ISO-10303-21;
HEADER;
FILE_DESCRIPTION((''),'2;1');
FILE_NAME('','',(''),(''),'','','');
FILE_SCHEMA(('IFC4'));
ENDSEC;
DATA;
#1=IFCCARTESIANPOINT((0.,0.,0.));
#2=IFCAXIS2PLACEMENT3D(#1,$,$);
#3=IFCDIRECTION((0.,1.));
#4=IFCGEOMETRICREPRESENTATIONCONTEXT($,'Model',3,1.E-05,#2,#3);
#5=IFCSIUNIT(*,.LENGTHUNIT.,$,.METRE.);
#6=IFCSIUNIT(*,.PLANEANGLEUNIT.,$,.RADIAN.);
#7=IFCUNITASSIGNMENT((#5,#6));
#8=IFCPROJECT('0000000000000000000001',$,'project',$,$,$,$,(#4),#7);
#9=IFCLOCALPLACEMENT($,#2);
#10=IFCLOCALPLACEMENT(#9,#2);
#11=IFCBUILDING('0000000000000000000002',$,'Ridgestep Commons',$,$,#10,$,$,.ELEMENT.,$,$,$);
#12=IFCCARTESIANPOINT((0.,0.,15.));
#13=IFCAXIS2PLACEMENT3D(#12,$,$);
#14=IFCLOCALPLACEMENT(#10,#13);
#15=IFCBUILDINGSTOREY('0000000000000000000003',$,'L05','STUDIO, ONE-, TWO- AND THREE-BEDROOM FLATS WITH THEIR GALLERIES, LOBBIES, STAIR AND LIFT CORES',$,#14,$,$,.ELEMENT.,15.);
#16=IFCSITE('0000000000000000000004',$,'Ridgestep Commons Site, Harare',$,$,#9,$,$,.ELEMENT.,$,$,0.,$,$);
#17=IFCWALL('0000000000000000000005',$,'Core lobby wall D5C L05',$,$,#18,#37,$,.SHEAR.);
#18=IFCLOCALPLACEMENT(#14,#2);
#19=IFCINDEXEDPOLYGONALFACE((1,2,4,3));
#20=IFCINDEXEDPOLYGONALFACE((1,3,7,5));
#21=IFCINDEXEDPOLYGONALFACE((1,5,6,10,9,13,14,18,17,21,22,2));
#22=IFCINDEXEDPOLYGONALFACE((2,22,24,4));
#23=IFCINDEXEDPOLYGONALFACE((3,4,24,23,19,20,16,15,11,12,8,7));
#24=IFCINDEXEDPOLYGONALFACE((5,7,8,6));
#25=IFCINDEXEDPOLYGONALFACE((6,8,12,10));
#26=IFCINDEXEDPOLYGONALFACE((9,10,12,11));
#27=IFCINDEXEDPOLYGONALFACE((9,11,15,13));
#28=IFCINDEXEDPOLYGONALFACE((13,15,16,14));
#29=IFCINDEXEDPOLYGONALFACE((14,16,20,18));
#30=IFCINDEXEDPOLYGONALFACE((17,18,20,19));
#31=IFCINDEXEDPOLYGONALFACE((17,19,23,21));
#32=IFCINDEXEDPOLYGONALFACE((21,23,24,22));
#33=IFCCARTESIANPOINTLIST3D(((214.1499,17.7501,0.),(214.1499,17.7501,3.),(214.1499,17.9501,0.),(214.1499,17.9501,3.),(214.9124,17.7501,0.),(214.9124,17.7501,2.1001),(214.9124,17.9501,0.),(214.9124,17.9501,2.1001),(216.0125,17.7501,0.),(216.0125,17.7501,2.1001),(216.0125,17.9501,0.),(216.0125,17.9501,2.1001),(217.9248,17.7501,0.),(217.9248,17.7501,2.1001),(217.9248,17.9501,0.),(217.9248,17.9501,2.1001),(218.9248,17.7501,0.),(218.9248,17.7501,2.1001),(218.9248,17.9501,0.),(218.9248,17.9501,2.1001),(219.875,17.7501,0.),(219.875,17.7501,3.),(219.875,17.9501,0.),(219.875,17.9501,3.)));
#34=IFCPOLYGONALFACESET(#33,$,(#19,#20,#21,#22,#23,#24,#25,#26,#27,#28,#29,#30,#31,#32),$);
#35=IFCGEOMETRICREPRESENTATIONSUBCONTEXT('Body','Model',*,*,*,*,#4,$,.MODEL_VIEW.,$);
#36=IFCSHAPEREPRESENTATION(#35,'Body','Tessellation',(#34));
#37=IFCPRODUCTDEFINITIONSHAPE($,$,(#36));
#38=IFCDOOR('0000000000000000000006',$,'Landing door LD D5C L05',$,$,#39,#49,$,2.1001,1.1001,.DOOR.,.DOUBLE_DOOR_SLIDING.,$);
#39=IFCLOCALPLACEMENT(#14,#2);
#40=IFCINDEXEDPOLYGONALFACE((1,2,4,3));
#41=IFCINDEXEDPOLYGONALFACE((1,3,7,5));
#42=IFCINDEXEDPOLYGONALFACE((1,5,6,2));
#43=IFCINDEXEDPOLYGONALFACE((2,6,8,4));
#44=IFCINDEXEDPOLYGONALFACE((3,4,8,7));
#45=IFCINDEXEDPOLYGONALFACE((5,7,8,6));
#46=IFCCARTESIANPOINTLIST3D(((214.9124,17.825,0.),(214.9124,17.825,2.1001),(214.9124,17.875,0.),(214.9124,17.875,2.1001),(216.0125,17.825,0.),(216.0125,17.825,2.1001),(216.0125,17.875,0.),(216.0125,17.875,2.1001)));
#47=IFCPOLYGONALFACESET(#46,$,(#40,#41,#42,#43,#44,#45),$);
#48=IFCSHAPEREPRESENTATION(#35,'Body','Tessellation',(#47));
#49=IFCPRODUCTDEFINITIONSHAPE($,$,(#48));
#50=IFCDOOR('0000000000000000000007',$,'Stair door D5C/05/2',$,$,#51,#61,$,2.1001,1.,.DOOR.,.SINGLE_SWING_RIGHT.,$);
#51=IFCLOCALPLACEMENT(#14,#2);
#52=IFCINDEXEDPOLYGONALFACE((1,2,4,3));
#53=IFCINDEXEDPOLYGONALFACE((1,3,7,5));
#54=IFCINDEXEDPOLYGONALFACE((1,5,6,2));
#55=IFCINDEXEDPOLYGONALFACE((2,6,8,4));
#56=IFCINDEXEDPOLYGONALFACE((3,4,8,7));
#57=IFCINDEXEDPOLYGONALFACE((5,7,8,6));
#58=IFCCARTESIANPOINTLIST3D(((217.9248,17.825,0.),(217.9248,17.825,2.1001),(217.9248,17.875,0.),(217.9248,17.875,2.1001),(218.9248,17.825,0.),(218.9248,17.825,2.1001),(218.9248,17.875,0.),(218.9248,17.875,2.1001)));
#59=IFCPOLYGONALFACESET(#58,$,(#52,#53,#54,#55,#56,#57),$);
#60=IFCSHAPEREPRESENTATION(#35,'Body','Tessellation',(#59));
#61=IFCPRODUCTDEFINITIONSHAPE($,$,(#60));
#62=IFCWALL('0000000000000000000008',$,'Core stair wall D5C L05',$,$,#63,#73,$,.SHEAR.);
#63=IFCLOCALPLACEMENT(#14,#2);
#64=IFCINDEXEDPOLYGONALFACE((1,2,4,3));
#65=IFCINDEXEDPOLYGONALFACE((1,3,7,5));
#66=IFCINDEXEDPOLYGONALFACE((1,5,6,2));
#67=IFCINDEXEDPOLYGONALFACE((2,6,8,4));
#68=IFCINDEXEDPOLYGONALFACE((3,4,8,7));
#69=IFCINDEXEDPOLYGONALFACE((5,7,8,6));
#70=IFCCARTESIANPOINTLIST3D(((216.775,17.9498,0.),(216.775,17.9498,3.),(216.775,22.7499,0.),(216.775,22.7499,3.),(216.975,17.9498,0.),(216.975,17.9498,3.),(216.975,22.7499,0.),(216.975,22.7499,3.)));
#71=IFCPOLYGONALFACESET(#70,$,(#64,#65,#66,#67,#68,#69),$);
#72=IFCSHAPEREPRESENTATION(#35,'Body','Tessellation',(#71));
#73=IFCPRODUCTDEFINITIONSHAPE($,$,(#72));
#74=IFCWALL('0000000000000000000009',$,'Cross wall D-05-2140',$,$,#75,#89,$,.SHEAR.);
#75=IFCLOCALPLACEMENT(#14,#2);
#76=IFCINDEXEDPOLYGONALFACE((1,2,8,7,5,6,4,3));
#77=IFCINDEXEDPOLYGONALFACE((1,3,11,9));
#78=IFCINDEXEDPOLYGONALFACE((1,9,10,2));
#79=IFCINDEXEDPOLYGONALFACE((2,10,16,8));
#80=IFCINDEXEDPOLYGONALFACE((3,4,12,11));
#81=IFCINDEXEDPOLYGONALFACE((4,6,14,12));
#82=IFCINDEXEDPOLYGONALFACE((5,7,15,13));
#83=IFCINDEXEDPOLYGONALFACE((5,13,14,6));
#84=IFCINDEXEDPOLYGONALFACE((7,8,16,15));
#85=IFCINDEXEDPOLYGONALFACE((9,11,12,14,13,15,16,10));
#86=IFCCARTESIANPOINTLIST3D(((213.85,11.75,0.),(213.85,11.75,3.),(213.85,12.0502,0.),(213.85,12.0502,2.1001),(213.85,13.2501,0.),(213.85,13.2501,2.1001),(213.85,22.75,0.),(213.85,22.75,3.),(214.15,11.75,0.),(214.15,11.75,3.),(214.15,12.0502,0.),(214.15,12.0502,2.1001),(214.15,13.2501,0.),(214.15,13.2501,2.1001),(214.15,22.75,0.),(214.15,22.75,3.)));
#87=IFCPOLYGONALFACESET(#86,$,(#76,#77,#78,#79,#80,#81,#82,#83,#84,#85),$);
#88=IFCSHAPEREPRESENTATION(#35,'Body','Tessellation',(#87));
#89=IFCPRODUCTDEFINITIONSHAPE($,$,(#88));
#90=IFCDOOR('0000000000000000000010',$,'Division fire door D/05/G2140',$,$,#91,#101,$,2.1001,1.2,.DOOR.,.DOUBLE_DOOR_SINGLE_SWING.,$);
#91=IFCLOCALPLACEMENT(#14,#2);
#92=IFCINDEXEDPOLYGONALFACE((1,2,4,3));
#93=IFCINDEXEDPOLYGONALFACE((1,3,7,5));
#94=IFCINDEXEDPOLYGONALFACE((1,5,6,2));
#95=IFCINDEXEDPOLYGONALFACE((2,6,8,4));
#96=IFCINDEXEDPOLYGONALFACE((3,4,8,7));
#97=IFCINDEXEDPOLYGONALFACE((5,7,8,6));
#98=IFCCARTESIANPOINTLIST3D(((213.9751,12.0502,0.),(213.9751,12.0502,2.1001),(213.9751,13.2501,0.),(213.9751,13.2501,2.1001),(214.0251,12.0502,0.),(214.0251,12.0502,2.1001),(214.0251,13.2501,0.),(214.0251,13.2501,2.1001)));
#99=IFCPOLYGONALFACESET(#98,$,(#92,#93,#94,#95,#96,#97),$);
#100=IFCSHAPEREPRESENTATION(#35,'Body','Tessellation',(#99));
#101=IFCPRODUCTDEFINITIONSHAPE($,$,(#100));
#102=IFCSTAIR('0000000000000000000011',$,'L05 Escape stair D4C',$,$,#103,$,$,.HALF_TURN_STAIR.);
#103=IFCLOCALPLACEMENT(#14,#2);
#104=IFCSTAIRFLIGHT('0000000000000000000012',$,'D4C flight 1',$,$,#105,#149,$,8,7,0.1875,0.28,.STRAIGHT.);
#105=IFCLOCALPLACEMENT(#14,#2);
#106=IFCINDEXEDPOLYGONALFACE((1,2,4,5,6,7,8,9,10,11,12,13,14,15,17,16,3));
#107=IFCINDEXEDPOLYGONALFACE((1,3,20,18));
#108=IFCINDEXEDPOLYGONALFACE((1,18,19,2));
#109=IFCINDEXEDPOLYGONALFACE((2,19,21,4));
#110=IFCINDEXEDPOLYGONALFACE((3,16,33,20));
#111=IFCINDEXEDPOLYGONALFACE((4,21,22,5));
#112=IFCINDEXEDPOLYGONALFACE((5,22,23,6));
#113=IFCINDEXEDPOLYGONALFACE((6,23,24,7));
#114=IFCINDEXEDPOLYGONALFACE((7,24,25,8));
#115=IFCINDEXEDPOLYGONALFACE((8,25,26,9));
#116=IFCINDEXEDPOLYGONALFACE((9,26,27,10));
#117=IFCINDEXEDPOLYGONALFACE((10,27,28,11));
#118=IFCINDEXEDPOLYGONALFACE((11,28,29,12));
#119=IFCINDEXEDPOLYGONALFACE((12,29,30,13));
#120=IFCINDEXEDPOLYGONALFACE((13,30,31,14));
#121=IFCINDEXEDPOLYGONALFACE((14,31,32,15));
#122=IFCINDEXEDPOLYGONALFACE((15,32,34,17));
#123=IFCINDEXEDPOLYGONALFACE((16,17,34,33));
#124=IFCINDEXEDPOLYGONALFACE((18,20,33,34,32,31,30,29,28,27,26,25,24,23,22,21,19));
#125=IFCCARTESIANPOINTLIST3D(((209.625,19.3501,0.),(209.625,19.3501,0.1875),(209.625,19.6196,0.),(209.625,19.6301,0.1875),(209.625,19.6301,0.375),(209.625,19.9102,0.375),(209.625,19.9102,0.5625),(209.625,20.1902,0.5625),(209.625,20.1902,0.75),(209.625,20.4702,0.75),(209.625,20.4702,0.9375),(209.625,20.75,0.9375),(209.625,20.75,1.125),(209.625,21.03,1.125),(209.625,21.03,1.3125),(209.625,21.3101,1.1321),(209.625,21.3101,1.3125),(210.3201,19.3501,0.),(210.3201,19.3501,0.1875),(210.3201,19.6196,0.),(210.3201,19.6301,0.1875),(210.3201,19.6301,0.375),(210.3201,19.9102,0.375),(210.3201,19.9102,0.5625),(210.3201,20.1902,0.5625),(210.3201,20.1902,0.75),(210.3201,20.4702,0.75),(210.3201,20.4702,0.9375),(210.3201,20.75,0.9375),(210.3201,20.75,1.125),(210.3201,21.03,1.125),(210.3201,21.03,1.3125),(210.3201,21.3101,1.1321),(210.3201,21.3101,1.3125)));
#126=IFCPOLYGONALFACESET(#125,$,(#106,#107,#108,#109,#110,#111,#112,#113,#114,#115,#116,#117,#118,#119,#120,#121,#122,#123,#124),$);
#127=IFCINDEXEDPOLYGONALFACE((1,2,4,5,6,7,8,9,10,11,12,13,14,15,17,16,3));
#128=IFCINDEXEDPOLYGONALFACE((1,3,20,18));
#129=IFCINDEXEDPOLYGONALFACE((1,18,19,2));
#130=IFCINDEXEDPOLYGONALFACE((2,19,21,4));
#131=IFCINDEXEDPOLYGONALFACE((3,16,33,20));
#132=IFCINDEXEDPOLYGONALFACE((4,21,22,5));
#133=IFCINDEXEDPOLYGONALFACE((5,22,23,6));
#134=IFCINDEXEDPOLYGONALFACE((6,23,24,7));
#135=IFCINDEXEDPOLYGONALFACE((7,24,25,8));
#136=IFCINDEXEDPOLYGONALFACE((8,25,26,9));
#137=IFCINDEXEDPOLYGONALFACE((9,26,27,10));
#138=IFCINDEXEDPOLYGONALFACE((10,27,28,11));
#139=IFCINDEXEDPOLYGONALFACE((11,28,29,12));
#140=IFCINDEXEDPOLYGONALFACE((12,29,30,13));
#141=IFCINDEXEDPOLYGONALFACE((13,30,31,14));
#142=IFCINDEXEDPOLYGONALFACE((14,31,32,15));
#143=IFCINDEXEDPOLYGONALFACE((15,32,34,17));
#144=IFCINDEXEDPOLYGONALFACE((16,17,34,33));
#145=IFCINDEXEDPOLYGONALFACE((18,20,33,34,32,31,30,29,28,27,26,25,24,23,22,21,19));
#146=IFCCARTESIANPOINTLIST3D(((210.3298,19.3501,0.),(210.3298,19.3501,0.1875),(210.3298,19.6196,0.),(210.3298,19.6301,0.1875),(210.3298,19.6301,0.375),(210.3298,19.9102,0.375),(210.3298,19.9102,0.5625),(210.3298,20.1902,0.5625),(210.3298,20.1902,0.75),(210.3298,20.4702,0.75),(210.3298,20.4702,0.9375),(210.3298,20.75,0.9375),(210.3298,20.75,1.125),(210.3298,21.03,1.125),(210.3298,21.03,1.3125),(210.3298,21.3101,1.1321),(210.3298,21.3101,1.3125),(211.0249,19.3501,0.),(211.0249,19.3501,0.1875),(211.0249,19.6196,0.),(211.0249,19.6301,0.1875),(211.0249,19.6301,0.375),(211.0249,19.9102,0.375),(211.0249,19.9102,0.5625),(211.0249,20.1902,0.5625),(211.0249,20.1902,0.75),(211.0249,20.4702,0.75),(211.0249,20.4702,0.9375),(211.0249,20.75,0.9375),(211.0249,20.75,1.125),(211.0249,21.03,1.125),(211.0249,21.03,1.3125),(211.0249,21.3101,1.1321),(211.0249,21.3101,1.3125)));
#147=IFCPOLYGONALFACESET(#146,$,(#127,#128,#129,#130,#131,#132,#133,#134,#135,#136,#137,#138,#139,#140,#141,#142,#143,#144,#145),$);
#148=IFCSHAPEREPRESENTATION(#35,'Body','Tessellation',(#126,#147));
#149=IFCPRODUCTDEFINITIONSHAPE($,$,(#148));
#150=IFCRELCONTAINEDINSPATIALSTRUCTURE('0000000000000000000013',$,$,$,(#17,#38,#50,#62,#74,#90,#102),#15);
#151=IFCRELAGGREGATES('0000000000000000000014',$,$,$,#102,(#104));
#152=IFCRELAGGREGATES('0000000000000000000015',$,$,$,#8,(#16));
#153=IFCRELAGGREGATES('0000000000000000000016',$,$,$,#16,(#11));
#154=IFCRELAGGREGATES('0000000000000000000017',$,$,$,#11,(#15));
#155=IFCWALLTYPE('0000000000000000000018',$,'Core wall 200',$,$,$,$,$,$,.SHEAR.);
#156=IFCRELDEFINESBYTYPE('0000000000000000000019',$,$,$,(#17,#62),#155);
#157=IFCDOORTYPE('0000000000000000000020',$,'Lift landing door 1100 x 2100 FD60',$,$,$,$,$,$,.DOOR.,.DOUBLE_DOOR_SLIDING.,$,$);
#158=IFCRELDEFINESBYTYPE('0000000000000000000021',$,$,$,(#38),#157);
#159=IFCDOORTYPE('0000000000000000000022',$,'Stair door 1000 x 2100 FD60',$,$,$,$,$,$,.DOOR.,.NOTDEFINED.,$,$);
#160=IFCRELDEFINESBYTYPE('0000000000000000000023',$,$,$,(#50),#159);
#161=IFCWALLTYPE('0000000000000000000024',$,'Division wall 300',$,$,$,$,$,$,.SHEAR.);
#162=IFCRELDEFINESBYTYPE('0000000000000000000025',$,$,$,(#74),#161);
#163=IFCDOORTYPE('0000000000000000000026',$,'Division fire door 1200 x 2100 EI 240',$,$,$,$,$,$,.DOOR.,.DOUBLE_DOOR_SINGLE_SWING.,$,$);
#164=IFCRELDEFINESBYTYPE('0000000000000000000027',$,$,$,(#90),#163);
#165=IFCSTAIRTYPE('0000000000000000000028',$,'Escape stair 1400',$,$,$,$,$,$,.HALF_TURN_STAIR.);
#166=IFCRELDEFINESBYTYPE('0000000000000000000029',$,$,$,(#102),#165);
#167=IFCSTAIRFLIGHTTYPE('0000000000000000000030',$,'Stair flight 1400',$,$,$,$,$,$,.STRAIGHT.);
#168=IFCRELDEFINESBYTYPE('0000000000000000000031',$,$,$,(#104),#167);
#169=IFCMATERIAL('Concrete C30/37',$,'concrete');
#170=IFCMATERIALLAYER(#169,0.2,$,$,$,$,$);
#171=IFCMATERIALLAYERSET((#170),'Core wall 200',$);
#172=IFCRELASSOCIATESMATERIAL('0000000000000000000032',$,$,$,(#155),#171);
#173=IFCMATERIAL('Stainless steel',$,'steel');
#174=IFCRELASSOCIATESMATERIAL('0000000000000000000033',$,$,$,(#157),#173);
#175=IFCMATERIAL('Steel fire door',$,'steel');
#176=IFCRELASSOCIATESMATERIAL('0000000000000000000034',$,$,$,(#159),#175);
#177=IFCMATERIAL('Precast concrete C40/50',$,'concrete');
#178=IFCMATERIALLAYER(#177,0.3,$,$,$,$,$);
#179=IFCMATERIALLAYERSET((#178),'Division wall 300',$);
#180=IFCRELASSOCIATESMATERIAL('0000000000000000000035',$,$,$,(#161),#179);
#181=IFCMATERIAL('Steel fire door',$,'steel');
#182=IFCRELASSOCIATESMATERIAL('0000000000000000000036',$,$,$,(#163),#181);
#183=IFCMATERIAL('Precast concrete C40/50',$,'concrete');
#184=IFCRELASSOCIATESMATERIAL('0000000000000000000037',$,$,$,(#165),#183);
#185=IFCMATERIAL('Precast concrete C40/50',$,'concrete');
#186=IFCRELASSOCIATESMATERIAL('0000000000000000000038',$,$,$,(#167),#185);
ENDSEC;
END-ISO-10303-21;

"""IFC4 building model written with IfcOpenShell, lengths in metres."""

from ifc_helpers import new_model, si_unit, direction, frame, frame_2d, origin, place, context, subcontext, project, spatial, polyline, rectangle, outline, extrude, material, layer, layer_set, type_object, element, fill, aggregate, save


model = new_model("IFC4")

# Units and contexts
model_context = context("Model", 3, precision=1e-05, world=origin(), true_north=direction((0.0, 1.0)))
body_context = subcontext(model_context, "Body", "Model", "MODEL_VIEW")
ifc_project = project(units=[si_unit("LENGTHUNIT", "METRE"), si_unit("PLANEANGLEUNIT", "RADIAN")], contexts=[model_context])

# Site, building, storey
site_placement = place(None, origin())
site = spatial("IfcSite", under=ifc_project, at=site_placement, Name="Ridgestep Commons Site, Harare", CompositionType="ELEMENT", RefElevation=0.0)
building_placement = place(site_placement, origin())
building = spatial("IfcBuilding", under=site, at=building_placement, Name="Ridgestep Commons", CompositionType="ELEMENT")
storey_placement = place(building_placement, frame((0.0, 0.0, 15.0)))
storey = spatial("IfcBuildingStorey", under=building, at=storey_placement, Name="L05", Description="STUDIO, ONE-, TWO- AND THREE-BEDROOM FLATS WITH THEIR GALLERIES, LOBBIES, STAIR AND LIFT CORES", CompositionType="ELEMENT", Elevation=15.0)

# Shared definitions
ifc_material_1 = material(Name="Concrete C30/37", Category="concrete")
ifc_layer_1 = layer(ifc_material_1, 0.2)
ifc_layer_set_1 = layer_set([ifc_layer_1], Name="Core wall 200")
wall_type_1 = type_object("IfcWallType", Name="Core wall 200", PredefinedType="SHEAR", material=ifc_layer_set_1)

# Wall, openings, doors
wall_1_placement = place(storey_placement, frame((214.1499, 17.8501, 0.0), z_axis=(0.0, 0.0, 1.0), x_axis=(1.0, 0.0, 0.0)))
wall_1 = element("IfcWall", 1, at=wall_1_placement, inside=storey, type_object=wall_type_1, Name="Core lobby wall D5C L05", PredefinedType="SHEAR", context=body_context, shape_type="SweptSolid", body=[
    extrude(rectangle(XDim=5.7251, YDim=0.2, at=frame_2d((2.8625, 0.0))), origin(), (0.0, 0.0, 1.0), 3.0),
])
opening_1_placement = place(wall_1_placement, frame((3.7749, 0.0, 0.0)))
opening_1 = element("IfcOpeningElement", 2, at=opening_1_placement, cuts=wall_1, PredefinedType="OPENING", context=body_context, shape_type="SweptSolid", body=[
    extrude(rectangle(XDim=1.0, YDim=2.1001, at=frame_2d((0.5, 1.05))), frame((0.0, 0.1099, 0.0), z_axis=(0.0, -1.0, 0.0), x_axis=(1.0, 0.0, 0.0)), (0.0, 0.0, 1.0), 0.22),
])
opening_2_placement = place(wall_1_placement, frame((0.7625, 0.0, 0.0)))
opening_2 = element("IfcOpeningElement", 3, at=opening_2_placement, cuts=wall_1, PredefinedType="OPENING", context=body_context, shape_type="SweptSolid", body=[
    extrude(rectangle(XDim=1.1001, YDim=2.1001, at=frame_2d((0.55, 1.05))), frame((0.0, 0.1099, 0.0), z_axis=(0.0, -1.0, 0.0), x_axis=(1.0, 0.0, 0.0)), (0.0, 0.0, 1.0), 0.22),
])
ifc_material_2 = material(Name="Stainless steel", Category="steel")
door_type_1 = type_object("IfcDoorType", Name="Lift landing door 1100 x 2100 FD60", OperationType="DOUBLE_DOOR_SLIDING", PredefinedType="DOOR", material=ifc_material_2)
door_1_placement = place(opening_2_placement, origin())
door_1 = element("IfcDoor", 4, at=door_1_placement, inside=storey, type_object=door_type_1, Name="Landing door LD D5C L05", OperationType="DOUBLE_DOOR_SLIDING", OverallHeight=2.1001, OverallWidth=1.1001, PredefinedType="DOOR", context=body_context, shape_type="SweptSolid", body=[
    extrude(rectangle(XDim=1.1001, YDim=2.1001, at=frame_2d((0.55, 1.05))), frame((0.0, 0.0249, 0.0), z_axis=(0.0, -1.0, 0.0), x_axis=(1.0, 0.0, 0.0)), (0.0, 0.0, 1.0), 0.05),
])
fill(opening_2, door_1)
ifc_material_3 = material(Name="Steel fire door", Category="steel")
door_type_2 = type_object("IfcDoorType", Name="Stair door 1000 x 2100 FD60", OperationType="NOTDEFINED", PredefinedType="DOOR", material=ifc_material_3)
door_2_placement = place(opening_1_placement, origin())
door_2 = element("IfcDoor", 5, at=door_2_placement, inside=storey, type_object=door_type_2, Name="Stair door D5C/05/2", OperationType="SINGLE_SWING_RIGHT", OverallHeight=2.1001, OverallWidth=1.0, PredefinedType="DOOR", context=body_context, shape_type="SweptSolid", body=[
    extrude(rectangle(XDim=1.0, YDim=2.1001, at=frame_2d((0.5, 1.05))), frame((0.0, 0.0249, 0.0), z_axis=(0.0, -1.0, 0.0), x_axis=(1.0, 0.0, 0.0)), (0.0, 0.0, 1.0), 0.05),
])
fill(opening_1, door_2)

# Wall
wall_2_placement = place(storey_placement, frame((216.875, 17.95, 0.0), z_axis=(0.0, 0.0, 1.0), x_axis=(0.0, 1.0, 0.0)))
element("IfcWall", 6, at=wall_2_placement, inside=storey, type_object=wall_type_1, Name="Core stair wall D5C L05", PredefinedType="SHEAR", context=body_context, shape_type="SweptSolid", body=[
    extrude(rectangle(XDim=4.8, YDim=0.2, at=frame_2d((2.3999, 0.0))), origin(), (0.0, 0.0, 1.0), 3.0),
])

# Wall, opening, door
ifc_material_4 = material(Name="Precast concrete C40/50", Category="concrete")
ifc_layer_2 = layer(ifc_material_4, 0.3)
ifc_layer_set_2 = layer_set([ifc_layer_2], Name="Division wall 300")
wall_type_2 = type_object("IfcWallType", Name="Division wall 300", PredefinedType="SHEAR", material=ifc_layer_set_2)
wall_3_placement = place(storey_placement, frame((214.0, 11.75, 0.0), z_axis=(0.0, 0.0, 1.0), x_axis=(0.0, 1.0, 0.0)))
wall_3 = element("IfcWall", 7, at=wall_3_placement, inside=storey, type_object=wall_type_2, Name="Cross wall D-05-2140", PredefinedType="SHEAR", context=body_context, shape_type="SweptSolid", body=[
    extrude(rectangle(XDim=11.0, YDim=0.3, at=frame_2d((5.5, 0.0))), origin(), (0.0, 0.0, 1.0), 3.0),
])
opening_3_placement = place(wall_3_placement, frame((0.3, 0.0, 0.0)))
opening_3 = element("IfcOpeningElement", 8, at=opening_3_placement, cuts=wall_3, PredefinedType="OPENING", context=body_context, shape_type="SweptSolid", body=[
    extrude(rectangle(XDim=1.2, YDim=2.1001, at=frame_2d((0.6001, 1.05))), frame((0.0, 0.1599, 0.0), z_axis=(0.0, -1.0, 0.0), x_axis=(1.0, 0.0, 0.0)), (0.0, 0.0, 1.0), 0.3201),
])
ifc_material_5 = material(Name="Steel fire door", Category="steel")
door_type_3 = type_object("IfcDoorType", Name="Division fire door 1200 x 2100 EI 240", OperationType="DOUBLE_DOOR_SINGLE_SWING", PredefinedType="DOOR", material=ifc_material_5)
door_3_placement = place(opening_3_placement, origin())
door_3 = element("IfcDoor", 9, at=door_3_placement, inside=storey, type_object=door_type_3, Name="Division fire door D/05/G2140", OperationType="DOUBLE_DOOR_SINGLE_SWING", OverallHeight=2.1001, OverallWidth=1.2, PredefinedType="DOOR", context=body_context, shape_type="SweptSolid", body=[
    extrude(rectangle(XDim=1.2, YDim=2.1001, at=frame_2d((0.6001, 1.05))), frame((0.0, 0.0249, 0.0), z_axis=(0.0, -1.0, 0.0), x_axis=(1.0, 0.0, 0.0)), (0.0, 0.0, 1.0), 0.05),
])
fill(opening_3, door_3)

# Stair, stair flight
ifc_material_6 = material(Name="Precast concrete C40/50", Category="concrete")
stair_type = type_object("IfcStairType", Name="Escape stair 1400", PredefinedType="HALF_TURN_STAIR", material=ifc_material_6)
stair_placement = place(storey_placement, origin())
stair = element("IfcStair", 10, at=stair_placement, inside=storey, type_object=stair_type, Name="L05 Escape stair D4C", PredefinedType="HALF_TURN_STAIR")
ifc_material_7 = material(Name="Precast concrete C40/50", Category="concrete")
stair_flight_type = type_object("IfcStairFlightType", Name="Stair flight 1400", PredefinedType="STRAIGHT", material=ifc_material_7)
stair_flight_placement = place(storey_placement, frame((210.325, 19.3501, 0.0), z_axis=(0.0, 0.0, 1.0), x_axis=(0.0, 1.0, 0.0)))
stair_flight = element("IfcStairFlight", 11, at=stair_flight_placement, type_object=stair_flight_type, Name="D4C flight 1", NumberOfRisers=8, NumberOfTreads=7, PredefinedType="STRAIGHT", RiserHeight=0.1875, TreadLength=0.28, context=body_context, shape_type="SweptSolid", body=[
    extrude(outline(polyline([(0.0, 0.0), (0.0, 0.1875), (0.28, 0.1875), (0.28, 0.375), (0.5601, 0.375), (0.5601, 0.5625), (0.8401, 0.5625), (0.8401, 0.75), (1.1201, 0.75), (1.1201, 0.9375), (1.3999, 0.9375), (1.3999, 1.125), (1.6799, 1.125), (1.6799, 1.3125), (1.96, 1.3125), (1.96, 1.5), (1.96, 1.1321), (0.2695, 0.0), (0.0, 0.0)])), frame((0.0, 0.7, 0.0), z_axis=(0.0, -1.0, 0.0), x_axis=(1.0, 0.0, 0.0)), (0.0, 0.0, 1.0), 0.6951),
    extrude(outline(polyline([(0.0, 0.0), (0.0, 0.1875), (0.28, 0.1875), (0.28, 0.375), (0.5601, 0.375), (0.5601, 0.5625), (0.8401, 0.5625), (0.8401, 0.75), (1.1201, 0.75), (1.1201, 0.9375), (1.3999, 0.9375), (1.3999, 1.125), (1.6799, 1.125), (1.6799, 1.3125), (1.96, 1.3125), (1.96, 1.5), (1.96, 1.1321), (0.2695, 0.0), (0.0, 0.0)])), frame((0.0, -0.0049, 0.0), z_axis=(0.0, -1.0, 0.0), x_axis=(1.0, 0.0, 0.0)), (0.0, 0.0, 1.0), 0.6951),
])
aggregate(stair, [stair_flight])

save(model, "model.ifc")
